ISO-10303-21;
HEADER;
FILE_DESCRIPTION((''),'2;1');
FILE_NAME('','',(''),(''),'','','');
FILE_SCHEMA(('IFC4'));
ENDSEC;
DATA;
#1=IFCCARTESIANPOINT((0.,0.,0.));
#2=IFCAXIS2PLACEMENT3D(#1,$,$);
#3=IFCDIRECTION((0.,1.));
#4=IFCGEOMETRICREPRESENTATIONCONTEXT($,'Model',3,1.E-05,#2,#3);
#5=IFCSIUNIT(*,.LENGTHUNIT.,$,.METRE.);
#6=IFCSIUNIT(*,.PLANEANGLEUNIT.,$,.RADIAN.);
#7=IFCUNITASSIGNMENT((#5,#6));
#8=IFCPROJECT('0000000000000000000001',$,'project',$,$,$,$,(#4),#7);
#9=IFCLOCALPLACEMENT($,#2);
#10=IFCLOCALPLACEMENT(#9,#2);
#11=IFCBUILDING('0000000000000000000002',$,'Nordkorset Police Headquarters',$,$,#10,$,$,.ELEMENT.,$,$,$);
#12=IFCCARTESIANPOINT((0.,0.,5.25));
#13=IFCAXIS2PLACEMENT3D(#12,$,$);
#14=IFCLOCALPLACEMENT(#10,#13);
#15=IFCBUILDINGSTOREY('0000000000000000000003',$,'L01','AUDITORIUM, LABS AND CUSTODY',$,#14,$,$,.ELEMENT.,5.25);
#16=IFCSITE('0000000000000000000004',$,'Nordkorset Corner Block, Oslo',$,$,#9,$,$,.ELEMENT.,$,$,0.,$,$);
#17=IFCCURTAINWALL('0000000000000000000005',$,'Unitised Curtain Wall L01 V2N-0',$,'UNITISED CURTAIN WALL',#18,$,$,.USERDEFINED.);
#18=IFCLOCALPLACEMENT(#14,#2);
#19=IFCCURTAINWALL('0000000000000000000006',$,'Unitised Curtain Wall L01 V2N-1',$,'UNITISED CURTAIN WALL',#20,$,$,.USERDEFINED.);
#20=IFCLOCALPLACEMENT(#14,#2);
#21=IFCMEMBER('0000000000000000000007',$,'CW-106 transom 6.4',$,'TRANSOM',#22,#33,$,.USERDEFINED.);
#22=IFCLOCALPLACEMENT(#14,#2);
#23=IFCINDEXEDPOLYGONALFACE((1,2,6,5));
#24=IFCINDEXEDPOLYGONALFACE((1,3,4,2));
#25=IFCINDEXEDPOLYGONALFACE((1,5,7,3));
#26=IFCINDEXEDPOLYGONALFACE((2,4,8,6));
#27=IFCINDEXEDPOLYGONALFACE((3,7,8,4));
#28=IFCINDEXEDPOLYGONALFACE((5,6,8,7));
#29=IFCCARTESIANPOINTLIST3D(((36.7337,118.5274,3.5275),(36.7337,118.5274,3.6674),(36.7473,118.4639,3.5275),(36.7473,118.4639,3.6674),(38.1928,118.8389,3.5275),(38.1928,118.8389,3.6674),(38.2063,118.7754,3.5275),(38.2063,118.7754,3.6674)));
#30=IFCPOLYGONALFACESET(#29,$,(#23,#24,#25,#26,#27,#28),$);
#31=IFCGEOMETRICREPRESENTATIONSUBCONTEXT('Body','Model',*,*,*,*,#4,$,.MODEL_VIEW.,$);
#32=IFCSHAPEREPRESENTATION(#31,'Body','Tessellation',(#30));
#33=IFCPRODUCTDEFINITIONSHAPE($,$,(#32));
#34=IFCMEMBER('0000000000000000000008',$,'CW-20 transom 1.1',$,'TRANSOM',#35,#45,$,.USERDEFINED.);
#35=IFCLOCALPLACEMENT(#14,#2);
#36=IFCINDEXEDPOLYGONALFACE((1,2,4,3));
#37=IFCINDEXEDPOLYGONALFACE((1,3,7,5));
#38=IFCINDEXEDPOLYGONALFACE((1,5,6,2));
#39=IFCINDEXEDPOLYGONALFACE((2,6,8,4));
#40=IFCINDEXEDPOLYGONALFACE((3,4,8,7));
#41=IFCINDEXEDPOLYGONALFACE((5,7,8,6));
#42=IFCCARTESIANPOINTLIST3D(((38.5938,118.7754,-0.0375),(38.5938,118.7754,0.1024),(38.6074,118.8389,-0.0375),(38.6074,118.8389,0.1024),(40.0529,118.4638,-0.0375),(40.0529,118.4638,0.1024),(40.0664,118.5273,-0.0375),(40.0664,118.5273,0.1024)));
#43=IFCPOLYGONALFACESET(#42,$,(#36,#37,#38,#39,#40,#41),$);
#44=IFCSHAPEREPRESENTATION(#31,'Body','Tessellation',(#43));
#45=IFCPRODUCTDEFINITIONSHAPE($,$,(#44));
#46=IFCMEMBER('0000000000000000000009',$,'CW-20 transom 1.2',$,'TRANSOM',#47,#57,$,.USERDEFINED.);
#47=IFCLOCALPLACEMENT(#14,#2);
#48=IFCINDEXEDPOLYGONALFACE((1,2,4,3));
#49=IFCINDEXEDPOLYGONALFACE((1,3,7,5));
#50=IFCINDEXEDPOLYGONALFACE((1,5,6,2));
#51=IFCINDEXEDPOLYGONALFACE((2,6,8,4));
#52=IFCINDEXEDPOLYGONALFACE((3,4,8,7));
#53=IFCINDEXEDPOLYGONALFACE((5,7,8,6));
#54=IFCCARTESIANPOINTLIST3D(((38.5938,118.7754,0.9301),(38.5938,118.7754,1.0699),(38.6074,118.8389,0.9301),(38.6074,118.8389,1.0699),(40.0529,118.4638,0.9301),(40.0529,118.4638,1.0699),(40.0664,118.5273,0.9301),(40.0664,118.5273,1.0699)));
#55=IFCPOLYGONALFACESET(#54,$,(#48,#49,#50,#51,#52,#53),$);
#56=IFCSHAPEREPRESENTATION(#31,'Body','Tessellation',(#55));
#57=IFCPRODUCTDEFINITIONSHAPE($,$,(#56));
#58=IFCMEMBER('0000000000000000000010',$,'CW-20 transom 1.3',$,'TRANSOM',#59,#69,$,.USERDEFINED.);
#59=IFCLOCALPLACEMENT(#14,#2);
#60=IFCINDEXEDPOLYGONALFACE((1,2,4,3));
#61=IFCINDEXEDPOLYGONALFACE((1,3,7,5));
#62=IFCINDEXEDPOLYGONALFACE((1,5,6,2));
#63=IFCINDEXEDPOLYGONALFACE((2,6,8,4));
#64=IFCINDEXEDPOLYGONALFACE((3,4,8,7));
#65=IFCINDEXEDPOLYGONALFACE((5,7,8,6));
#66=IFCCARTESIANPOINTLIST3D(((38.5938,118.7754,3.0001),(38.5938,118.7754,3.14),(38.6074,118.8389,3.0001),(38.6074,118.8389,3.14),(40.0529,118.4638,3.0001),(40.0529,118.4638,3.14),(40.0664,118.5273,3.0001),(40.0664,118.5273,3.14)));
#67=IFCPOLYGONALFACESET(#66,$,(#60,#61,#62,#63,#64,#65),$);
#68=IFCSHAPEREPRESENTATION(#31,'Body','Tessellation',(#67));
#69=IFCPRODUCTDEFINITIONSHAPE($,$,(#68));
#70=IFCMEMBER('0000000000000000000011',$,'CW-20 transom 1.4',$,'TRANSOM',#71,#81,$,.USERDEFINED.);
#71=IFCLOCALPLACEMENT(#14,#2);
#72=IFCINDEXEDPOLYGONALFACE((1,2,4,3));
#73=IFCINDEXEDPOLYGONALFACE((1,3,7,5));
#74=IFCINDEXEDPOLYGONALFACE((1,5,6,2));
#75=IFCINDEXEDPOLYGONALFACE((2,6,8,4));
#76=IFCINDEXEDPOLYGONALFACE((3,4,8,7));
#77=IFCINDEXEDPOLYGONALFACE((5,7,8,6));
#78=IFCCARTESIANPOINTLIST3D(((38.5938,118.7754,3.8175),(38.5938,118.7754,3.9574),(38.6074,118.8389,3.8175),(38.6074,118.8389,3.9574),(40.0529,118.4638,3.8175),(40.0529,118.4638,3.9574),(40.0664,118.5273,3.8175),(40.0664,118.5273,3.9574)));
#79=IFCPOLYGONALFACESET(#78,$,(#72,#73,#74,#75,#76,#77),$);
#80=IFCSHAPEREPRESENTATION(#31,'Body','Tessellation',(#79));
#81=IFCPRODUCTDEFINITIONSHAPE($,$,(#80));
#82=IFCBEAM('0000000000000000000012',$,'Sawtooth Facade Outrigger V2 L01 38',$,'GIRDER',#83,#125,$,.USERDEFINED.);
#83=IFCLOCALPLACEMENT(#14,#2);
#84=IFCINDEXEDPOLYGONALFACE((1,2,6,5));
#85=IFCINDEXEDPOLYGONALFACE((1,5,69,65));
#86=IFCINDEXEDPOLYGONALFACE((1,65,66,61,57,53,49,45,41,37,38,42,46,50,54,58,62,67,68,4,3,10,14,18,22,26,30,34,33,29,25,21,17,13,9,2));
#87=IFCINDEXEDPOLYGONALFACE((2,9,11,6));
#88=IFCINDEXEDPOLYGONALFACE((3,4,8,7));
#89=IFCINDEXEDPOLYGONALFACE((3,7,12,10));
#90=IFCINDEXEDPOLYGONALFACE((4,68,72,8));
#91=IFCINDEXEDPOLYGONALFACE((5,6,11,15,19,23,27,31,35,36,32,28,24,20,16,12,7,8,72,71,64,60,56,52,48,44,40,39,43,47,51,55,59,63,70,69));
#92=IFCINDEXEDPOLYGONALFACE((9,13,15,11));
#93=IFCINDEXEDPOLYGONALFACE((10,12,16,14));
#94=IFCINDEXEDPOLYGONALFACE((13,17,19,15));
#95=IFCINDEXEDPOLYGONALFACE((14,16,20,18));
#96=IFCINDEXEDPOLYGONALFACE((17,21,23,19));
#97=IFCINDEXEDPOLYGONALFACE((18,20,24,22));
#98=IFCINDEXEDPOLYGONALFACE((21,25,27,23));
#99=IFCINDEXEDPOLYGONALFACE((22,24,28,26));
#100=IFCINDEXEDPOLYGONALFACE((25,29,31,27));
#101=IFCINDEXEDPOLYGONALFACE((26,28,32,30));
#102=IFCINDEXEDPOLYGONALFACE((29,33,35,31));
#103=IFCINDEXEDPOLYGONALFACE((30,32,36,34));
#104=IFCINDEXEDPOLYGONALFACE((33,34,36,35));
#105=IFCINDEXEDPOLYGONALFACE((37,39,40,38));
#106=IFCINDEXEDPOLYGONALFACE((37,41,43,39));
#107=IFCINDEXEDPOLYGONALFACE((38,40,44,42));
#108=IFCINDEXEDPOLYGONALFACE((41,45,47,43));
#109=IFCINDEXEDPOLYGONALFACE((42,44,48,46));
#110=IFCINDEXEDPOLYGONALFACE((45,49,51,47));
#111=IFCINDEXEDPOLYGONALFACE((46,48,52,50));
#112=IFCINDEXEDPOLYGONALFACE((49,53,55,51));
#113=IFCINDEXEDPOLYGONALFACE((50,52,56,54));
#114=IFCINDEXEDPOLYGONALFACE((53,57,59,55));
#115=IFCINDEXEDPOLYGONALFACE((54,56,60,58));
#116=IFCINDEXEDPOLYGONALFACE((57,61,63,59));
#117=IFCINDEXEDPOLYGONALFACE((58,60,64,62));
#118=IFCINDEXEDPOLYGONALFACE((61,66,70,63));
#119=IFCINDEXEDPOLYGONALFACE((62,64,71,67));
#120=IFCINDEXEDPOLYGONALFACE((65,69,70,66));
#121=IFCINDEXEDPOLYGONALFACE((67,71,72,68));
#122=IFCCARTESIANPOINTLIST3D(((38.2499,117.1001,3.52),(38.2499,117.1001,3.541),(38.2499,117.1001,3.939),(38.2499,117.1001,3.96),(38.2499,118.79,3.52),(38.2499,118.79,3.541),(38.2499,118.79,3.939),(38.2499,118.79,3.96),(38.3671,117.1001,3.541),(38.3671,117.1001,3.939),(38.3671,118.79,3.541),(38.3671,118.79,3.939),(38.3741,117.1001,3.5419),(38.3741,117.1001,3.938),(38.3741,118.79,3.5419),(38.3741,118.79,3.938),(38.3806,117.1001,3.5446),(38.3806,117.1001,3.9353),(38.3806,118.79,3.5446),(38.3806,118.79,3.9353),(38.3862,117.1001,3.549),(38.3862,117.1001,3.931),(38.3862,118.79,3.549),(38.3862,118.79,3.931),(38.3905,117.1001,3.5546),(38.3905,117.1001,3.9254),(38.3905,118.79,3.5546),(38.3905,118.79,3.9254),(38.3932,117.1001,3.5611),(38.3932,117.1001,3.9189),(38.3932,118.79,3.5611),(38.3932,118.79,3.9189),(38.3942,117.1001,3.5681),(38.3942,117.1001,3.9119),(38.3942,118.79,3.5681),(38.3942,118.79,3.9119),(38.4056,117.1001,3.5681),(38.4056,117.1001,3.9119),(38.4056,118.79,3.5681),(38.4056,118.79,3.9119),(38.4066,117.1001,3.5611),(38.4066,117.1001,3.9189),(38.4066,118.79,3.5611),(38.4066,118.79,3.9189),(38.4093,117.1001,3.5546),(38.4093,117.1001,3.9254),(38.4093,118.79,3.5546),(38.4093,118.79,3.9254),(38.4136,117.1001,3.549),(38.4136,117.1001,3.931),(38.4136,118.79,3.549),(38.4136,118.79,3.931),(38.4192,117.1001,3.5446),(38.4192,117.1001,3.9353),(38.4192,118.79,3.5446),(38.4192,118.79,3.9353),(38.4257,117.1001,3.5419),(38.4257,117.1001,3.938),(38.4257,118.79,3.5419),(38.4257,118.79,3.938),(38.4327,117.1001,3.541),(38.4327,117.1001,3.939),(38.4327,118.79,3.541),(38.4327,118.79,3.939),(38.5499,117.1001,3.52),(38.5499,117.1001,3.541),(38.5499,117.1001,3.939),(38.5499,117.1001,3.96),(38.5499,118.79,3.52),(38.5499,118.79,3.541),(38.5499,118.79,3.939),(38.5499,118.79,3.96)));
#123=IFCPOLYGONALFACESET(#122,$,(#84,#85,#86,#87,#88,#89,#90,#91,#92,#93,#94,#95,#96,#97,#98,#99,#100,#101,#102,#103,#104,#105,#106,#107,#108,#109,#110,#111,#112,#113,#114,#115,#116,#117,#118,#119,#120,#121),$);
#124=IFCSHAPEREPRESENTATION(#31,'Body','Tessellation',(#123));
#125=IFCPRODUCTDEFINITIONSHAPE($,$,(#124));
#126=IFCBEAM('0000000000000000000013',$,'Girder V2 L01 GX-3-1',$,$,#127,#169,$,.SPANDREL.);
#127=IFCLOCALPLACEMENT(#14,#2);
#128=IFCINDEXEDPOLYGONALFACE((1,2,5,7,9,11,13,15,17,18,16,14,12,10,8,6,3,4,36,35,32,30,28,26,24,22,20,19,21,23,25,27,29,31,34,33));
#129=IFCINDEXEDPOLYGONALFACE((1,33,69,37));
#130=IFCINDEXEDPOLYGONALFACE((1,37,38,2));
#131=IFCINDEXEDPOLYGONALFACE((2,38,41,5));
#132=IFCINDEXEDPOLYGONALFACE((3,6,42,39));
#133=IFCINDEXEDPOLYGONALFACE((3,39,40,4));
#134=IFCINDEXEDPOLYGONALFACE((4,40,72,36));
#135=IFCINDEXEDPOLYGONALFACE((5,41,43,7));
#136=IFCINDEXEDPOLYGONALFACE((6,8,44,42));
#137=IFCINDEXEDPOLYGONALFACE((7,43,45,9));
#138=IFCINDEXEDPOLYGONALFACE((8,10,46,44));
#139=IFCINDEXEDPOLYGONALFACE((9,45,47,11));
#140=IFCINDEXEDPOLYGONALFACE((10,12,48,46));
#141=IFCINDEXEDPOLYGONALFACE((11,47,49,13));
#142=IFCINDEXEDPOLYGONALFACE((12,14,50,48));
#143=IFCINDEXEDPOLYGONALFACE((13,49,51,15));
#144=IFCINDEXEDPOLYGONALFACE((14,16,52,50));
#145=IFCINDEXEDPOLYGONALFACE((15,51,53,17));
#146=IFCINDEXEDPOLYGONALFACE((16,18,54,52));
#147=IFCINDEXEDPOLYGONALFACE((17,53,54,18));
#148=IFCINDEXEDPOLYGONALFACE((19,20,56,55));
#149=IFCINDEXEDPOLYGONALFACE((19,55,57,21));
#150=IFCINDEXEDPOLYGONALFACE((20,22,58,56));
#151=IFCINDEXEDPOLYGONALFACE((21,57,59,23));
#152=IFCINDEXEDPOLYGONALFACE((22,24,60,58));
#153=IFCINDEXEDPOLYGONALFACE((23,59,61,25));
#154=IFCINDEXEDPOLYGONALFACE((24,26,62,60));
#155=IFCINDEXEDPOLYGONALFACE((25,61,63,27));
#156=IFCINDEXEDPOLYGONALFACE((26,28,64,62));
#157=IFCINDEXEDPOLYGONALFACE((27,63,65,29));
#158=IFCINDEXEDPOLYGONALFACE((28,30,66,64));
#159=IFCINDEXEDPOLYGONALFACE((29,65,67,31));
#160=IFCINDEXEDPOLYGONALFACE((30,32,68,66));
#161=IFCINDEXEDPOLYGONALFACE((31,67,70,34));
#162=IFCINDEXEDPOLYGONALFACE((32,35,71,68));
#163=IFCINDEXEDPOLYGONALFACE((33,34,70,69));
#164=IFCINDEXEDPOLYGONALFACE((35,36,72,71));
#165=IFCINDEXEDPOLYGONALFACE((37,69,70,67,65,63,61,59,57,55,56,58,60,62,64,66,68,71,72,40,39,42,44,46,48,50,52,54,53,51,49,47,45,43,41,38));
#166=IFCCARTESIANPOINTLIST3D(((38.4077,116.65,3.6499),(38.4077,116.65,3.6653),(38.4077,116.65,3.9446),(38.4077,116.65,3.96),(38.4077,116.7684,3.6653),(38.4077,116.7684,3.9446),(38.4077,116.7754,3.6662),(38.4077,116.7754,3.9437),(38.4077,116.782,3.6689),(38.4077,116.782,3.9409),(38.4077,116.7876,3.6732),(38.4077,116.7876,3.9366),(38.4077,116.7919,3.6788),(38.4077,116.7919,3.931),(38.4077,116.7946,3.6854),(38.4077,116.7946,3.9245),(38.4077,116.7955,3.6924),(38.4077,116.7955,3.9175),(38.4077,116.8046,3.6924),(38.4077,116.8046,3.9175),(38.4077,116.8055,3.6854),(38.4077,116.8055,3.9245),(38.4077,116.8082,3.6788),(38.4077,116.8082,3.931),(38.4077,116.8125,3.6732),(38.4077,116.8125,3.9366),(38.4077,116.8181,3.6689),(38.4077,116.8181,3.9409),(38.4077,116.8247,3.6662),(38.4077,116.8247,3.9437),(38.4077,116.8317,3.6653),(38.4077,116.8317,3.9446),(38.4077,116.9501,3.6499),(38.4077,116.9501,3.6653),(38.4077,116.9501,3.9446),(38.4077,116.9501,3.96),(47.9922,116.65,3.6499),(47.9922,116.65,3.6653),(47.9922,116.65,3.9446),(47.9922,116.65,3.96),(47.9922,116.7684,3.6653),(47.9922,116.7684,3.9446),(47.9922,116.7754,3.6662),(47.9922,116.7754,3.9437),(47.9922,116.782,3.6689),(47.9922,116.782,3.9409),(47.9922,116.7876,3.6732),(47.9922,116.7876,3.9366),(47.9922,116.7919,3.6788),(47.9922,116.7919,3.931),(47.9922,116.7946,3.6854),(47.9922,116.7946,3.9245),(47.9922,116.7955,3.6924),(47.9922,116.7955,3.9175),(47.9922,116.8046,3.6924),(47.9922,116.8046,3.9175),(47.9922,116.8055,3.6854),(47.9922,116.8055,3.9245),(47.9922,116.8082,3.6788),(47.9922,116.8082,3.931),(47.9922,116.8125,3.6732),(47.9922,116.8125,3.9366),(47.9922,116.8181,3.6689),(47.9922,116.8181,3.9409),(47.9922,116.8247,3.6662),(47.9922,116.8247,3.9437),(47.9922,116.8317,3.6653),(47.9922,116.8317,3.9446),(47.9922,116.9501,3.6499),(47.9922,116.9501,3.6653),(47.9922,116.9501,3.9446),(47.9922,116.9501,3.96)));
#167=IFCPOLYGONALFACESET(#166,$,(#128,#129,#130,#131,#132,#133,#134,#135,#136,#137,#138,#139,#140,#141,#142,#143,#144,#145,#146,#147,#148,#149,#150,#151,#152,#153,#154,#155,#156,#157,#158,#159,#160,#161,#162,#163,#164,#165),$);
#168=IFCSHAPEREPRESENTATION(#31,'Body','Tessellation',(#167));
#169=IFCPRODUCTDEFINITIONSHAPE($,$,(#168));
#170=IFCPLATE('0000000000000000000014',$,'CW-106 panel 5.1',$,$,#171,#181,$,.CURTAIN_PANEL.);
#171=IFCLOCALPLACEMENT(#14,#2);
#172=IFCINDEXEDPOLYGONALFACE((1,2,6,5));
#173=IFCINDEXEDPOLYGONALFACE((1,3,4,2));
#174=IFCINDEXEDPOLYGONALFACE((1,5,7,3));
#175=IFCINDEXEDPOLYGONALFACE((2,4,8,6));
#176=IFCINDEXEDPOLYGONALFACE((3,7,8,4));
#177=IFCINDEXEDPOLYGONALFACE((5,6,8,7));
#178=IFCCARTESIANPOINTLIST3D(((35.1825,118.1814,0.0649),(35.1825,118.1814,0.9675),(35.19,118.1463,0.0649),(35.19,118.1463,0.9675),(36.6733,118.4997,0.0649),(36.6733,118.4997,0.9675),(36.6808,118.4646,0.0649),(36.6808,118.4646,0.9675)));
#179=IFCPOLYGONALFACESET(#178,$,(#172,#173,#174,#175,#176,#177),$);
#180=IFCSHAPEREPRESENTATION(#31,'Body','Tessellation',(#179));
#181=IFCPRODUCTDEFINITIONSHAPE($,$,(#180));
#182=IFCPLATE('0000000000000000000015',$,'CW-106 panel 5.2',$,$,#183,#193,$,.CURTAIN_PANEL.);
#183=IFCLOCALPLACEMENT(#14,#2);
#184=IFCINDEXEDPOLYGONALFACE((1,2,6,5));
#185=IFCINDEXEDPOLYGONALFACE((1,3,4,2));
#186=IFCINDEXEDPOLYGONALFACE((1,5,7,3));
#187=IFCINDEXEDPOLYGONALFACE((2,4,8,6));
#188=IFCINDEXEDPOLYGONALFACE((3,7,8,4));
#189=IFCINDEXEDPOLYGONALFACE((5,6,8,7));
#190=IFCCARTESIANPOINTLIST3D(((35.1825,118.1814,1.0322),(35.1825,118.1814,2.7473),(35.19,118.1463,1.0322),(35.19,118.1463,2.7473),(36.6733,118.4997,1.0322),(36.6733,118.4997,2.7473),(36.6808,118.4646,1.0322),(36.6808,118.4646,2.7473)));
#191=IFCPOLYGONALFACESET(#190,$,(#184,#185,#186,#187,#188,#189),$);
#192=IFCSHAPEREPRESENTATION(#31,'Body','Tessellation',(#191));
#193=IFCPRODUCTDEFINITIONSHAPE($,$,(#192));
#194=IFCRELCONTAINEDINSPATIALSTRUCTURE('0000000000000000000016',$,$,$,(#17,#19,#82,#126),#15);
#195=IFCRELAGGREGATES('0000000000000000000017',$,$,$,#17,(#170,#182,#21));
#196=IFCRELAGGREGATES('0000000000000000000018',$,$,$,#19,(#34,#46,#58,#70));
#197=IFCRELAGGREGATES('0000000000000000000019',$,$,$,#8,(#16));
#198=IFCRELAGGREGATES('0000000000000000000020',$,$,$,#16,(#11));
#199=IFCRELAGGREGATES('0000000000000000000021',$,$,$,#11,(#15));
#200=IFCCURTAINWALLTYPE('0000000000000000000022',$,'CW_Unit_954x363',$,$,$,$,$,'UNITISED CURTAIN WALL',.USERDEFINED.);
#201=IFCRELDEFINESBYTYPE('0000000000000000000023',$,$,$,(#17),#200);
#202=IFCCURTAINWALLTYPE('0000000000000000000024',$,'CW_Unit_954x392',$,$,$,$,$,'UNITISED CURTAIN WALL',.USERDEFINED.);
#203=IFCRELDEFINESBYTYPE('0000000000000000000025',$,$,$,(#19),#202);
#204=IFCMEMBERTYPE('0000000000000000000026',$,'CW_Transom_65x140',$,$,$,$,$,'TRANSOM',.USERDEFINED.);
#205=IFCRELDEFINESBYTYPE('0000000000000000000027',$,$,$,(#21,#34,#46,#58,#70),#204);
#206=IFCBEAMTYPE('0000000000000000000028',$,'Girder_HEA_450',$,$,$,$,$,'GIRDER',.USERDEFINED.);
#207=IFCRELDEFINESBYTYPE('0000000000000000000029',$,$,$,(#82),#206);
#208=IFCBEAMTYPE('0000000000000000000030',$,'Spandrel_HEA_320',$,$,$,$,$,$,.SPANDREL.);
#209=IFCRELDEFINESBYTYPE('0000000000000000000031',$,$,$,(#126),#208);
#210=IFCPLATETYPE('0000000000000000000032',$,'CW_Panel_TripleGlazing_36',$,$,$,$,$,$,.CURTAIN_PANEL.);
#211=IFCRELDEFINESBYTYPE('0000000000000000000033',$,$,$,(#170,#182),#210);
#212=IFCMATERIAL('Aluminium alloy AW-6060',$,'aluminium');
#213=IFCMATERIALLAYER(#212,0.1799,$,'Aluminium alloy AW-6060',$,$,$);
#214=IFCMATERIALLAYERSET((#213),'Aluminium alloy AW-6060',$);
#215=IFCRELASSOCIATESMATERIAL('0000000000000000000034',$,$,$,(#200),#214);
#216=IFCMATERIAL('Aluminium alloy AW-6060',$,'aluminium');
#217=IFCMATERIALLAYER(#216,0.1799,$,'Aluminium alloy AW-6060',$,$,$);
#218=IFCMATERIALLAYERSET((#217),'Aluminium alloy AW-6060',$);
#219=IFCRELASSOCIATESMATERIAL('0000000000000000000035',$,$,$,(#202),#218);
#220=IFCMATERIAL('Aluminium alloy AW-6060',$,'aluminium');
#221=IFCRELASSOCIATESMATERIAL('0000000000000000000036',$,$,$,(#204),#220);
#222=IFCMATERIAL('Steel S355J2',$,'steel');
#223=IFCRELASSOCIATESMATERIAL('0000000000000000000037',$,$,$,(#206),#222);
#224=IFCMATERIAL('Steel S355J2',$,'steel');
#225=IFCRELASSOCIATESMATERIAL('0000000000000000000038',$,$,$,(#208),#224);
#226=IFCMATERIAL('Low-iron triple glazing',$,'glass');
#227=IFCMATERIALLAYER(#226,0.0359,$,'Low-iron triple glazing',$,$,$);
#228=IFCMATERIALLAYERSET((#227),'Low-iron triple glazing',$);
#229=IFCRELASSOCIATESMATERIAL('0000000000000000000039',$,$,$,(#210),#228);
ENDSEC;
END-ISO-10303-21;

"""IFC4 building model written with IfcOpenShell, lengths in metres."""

from ifc_helpers import new_model, si_unit, direction, frame, origin, origin_2d, place, context, subcontext, project, spatial, rectangle, i_section, extrude, material, layer, layer_set, material_profile, profile_set, type_object, element, aggregate, save


model = new_model("IFC4")

# Units and contexts
model_context = context("Model", 3, precision=1e-05, world=origin(), true_north=direction((0.0, 1.0)))
body_context = subcontext(model_context, "Body", "Model", "MODEL_VIEW")
ifc_project = project(units=[si_unit("LENGTHUNIT", "METRE"), si_unit("PLANEANGLEUNIT", "RADIAN")], contexts=[model_context])

# Site, building, storey
site_placement = place(None, origin())
site = spatial("IfcSite", under=ifc_project, at=site_placement, Name="Nordkorset Corner Block, Oslo", CompositionType="ELEMENT", RefElevation=0.0)
building_placement = place(site_placement, origin())
building = spatial("IfcBuilding", under=site, at=building_placement, Name="Nordkorset Police Headquarters", CompositionType="ELEMENT")
storey_placement = place(building_placement, frame((0.0, 0.0, 5.25)))
storey = spatial("IfcBuildingStorey", under=building, at=storey_placement, Name="L01", Description="AUDITORIUM, LABS AND CUSTODY", CompositionType="ELEMENT", Elevation=5.25)

# Curtain wall
ifc_material_1 = material(Name="Aluminium alloy AW-6060", Category="aluminium")
ifc_layer_1 = layer(ifc_material_1, 0.1799, Name="Aluminium alloy AW-6060")
ifc_layer_set_1 = layer_set([ifc_layer_1], Name="Aluminium alloy AW-6060")
curtain_wall_type_1 = type_object("IfcCurtainWallType", Name="CW_Unit_954x363", ElementType="UNITISED CURTAIN WALL", PredefinedType="USERDEFINED", material=ifc_layer_set_1)
curtain_wall_1_placement = place(storey_placement, origin())
curtain_wall_1 = element("IfcCurtainWall", 1, at=curtain_wall_1_placement, inside=storey, type_object=curtain_wall_type_1, Name="Unitised Curtain Wall L01 V2N-0", ObjectType="UNITISED CURTAIN WALL", PredefinedType="USERDEFINED")

# Curtain wall
ifc_material_2 = material(Name="Aluminium alloy AW-6060", Category="aluminium")
ifc_layer_2 = layer(ifc_material_2, 0.1799, Name="Aluminium alloy AW-6060")
ifc_layer_set_2 = layer_set([ifc_layer_2], Name="Aluminium alloy AW-6060")
curtain_wall_type_2 = type_object("IfcCurtainWallType", Name="CW_Unit_954x392", ElementType="UNITISED CURTAIN WALL", PredefinedType="USERDEFINED", material=ifc_layer_set_2)
curtain_wall_2_placement = place(storey_placement, origin())
curtain_wall_2 = element("IfcCurtainWall", 2, at=curtain_wall_2_placement, inside=storey, type_object=curtain_wall_type_2, Name="Unitised Curtain Wall L01 V2N-1", ObjectType="UNITISED CURTAIN WALL", PredefinedType="USERDEFINED")

# Members
ifc_material_3 = material(Name="Aluminium alloy AW-6060", Category="aluminium")
ifc_material_profile_1 = material_profile(ifc_material_3, rectangle(XDim=0.0649, YDim=0.1399, at=origin_2d()), Name="ALU TRAN 65x140")
ifc_profile_set_1 = profile_set([ifc_material_profile_1], Name="Aluminium alloy AW-6060")
member_type_1 = type_object("IfcMemberType", Name="CW_Transom_65x140", ElementType="TRANSOM", PredefinedType="USERDEFINED", material=ifc_profile_set_1)
member_1_placement = place(storey_placement, frame((36.7405, 118.4956, 3.5974), z_axis=(0.977955, 0.208814, 0.0), x_axis=(-0.208814, 0.977955, 0.0)))
member_1 = element("IfcMember", 3, at=member_1_placement, type_object=member_type_1, Name="CW-106 transom 6.4", ObjectType="TRANSOM", PredefinedType="USERDEFINED", context=body_context, shape_type="SweptSolid", body=[
    extrude(rectangle(XDim=0.0649, YDim=0.1399, at=origin_2d()), origin(), (0.0, 0.0, 1.0), 1.4919),
])
member_2_placement = place(storey_placement, frame((38.6006, 118.8071, 0.0325), z_axis=(0.977955, -0.208814, 0.0), x_axis=(0.208814, 0.977955, 0.0)))
member_2 = element("IfcMember", 4, at=member_2_placement, type_object=member_type_1, Name="CW-20 transom 1.1", ObjectType="TRANSOM", PredefinedType="USERDEFINED", context=body_context, shape_type="SweptSolid", body=[
    extrude(rectangle(XDim=0.0649, YDim=0.1399, at=origin_2d()), origin(), (0.0, 0.0, 1.0), 1.4919),
])
member_3_placement = place(storey_placement, frame((38.6006, 118.8071, 1.0), z_axis=(0.977955, -0.208814, 0.0), x_axis=(0.208814, 0.977955, 0.0)))
member_3 = element("IfcMember", 5, at=member_3_placement, type_object=member_type_1, Name="CW-20 transom 1.2", ObjectType="TRANSOM", PredefinedType="USERDEFINED", context=body_context, shape_type="SweptSolid", body=[
    extrude(rectangle(XDim=0.0649, YDim=0.1399, at=origin_2d()), origin(), (0.0, 0.0, 1.0), 1.4919),
])
member_4_placement = place(storey_placement, frame((38.6006, 118.8071, 3.0701), z_axis=(0.977955, -0.208814, 0.0), x_axis=(0.208814, 0.977955, 0.0)))
member_4 = element("IfcMember", 6, at=member_4_placement, type_object=member_type_1, Name="CW-20 transom 1.3", ObjectType="TRANSOM", PredefinedType="USERDEFINED", context=body_context, shape_type="SweptSolid", body=[
    extrude(rectangle(XDim=0.0649, YDim=0.1399, at=origin_2d()), origin(), (0.0, 0.0, 1.0), 1.4919),
])
member_5_placement = place(storey_placement, frame((38.6006, 118.8071, 3.8875), z_axis=(0.977955, -0.208814, 0.0), x_axis=(0.208814, 0.977955, 0.0)))
member_5 = element("IfcMember", 7, at=member_5_placement, type_object=member_type_1, Name="CW-20 transom 1.4", ObjectType="TRANSOM", PredefinedType="USERDEFINED", context=body_context, shape_type="SweptSolid", body=[
    extrude(rectangle(XDim=0.0649, YDim=0.1399, at=origin_2d()), origin(), (0.0, 0.0, 1.0), 1.4919),
])

# Beams
ifc_material_4 = material(Name="Steel S355J2", Category="steel")
ifc_material_profile_2 = material_profile(ifc_material_4, i_section(OverallWidth=0.3, OverallDepth=0.4399, WebThickness=0.0115, FlangeThickness=0.021, FilletRadius=0.0271, at=origin_2d()), Name="HEA 450")
ifc_profile_set_2 = profile_set([ifc_material_profile_2], Name="Steel S355J2")
beam_type_1 = type_object("IfcBeamType", Name="Girder_HEA_450", ElementType="GIRDER", PredefinedType="USERDEFINED", material=ifc_profile_set_2)
beam_1_placement = place(storey_placement, frame((38.3999, 117.1001, 3.74), z_axis=(0.0, 1.0, 0.0), x_axis=(-1.0, 0.0, 0.0)))
element("IfcBeam", 8, at=beam_1_placement, inside=storey, type_object=beam_type_1, Name="Sawtooth Facade Outrigger V2 L01 38", ObjectType="GIRDER", PredefinedType="USERDEFINED", context=body_context, shape_type="SweptSolid", body=[
    extrude(i_section(OverallWidth=0.3, OverallDepth=0.4399, WebThickness=0.0115, FlangeThickness=0.021, FilletRadius=0.0271, at=origin_2d()), origin(), (0.0, 0.0, 1.0), 1.6899),
])
ifc_material_5 = material(Name="Steel S355J2", Category="steel")
ifc_material_profile_3 = material_profile(ifc_material_5, i_section(OverallWidth=0.3, OverallDepth=0.3101, WebThickness=0.009, FlangeThickness=0.0154, FilletRadius=0.0271, at=origin_2d()), Name="HEA 320")
ifc_profile_set_3 = profile_set([ifc_material_profile_3], Name="Steel S355J2")
beam_type_2 = type_object("IfcBeamType", Name="Spandrel_HEA_320", PredefinedType="SPANDREL", material=ifc_profile_set_3)
beam_2_placement = place(storey_placement, frame((38.4077, 116.8, 3.8049), z_axis=(1.0, 0.0, 0.0), x_axis=(0.0, 1.0, 0.0)))
element("IfcBeam", 9, at=beam_2_placement, inside=storey, type_object=beam_type_2, Name="Girder V2 L01 GX-3-1", PredefinedType="SPANDREL", context=body_context, shape_type="SweptSolid", body=[
    extrude(i_section(OverallWidth=0.3, OverallDepth=0.3101, WebThickness=0.009, FlangeThickness=0.0154, FilletRadius=0.0271, at=origin_2d()), origin(), (0.0, 0.0, 1.0), 9.5845),
])

# Plates
ifc_material_6 = material(Name="Low-iron triple glazing", Category="glass")
ifc_layer_3 = layer(ifc_material_6, 0.0359, Name="Low-iron triple glazing")
ifc_layer_set_3 = layer_set([ifc_layer_3], Name="Low-iron triple glazing")
plate_type = type_object("IfcPlateType", Name="CW_Panel_TripleGlazing_36", PredefinedType="CURTAIN_PANEL", material=ifc_layer_set_3)
plate_1_placement = place(storey_placement, frame((35.9316, 118.323, 0.0649), z_axis=(0.0, 0.0, 1.0), x_axis=(0.977951, 0.208833, 0.0)))
plate_1 = element("IfcPlate", 10, at=plate_1_placement, type_object=plate_type, Name="CW-106 panel 5.1", PredefinedType="CURTAIN_PANEL", context=body_context, shape_type="SweptSolid", body=[
    extrude(rectangle(XDim=1.5244, YDim=0.0359, at=origin_2d()), origin(), (0.0, 0.0, 1.0), 0.9026),
])
plate_2_placement = place(storey_placement, frame((35.9316, 118.323, 1.0322), z_axis=(0.0, 0.0, 1.0), x_axis=(0.977951, 0.208833, 0.0)))
plate_2 = element("IfcPlate", 11, at=plate_2_placement, type_object=plate_type, Name="CW-106 panel 5.2", PredefinedType="CURTAIN_PANEL", context=body_context, shape_type="SweptSolid", body=[
    extrude(rectangle(XDim=1.5244, YDim=0.0359, at=origin_2d()), origin(), (0.0, 0.0, 1.0), 1.7151),
])
aggregate(curtain_wall_1, [plate_1, plate_2, member_1])
aggregate(curtain_wall_2, [member_2, member_3, member_4, member_5])

save(model, "model.ifc")
